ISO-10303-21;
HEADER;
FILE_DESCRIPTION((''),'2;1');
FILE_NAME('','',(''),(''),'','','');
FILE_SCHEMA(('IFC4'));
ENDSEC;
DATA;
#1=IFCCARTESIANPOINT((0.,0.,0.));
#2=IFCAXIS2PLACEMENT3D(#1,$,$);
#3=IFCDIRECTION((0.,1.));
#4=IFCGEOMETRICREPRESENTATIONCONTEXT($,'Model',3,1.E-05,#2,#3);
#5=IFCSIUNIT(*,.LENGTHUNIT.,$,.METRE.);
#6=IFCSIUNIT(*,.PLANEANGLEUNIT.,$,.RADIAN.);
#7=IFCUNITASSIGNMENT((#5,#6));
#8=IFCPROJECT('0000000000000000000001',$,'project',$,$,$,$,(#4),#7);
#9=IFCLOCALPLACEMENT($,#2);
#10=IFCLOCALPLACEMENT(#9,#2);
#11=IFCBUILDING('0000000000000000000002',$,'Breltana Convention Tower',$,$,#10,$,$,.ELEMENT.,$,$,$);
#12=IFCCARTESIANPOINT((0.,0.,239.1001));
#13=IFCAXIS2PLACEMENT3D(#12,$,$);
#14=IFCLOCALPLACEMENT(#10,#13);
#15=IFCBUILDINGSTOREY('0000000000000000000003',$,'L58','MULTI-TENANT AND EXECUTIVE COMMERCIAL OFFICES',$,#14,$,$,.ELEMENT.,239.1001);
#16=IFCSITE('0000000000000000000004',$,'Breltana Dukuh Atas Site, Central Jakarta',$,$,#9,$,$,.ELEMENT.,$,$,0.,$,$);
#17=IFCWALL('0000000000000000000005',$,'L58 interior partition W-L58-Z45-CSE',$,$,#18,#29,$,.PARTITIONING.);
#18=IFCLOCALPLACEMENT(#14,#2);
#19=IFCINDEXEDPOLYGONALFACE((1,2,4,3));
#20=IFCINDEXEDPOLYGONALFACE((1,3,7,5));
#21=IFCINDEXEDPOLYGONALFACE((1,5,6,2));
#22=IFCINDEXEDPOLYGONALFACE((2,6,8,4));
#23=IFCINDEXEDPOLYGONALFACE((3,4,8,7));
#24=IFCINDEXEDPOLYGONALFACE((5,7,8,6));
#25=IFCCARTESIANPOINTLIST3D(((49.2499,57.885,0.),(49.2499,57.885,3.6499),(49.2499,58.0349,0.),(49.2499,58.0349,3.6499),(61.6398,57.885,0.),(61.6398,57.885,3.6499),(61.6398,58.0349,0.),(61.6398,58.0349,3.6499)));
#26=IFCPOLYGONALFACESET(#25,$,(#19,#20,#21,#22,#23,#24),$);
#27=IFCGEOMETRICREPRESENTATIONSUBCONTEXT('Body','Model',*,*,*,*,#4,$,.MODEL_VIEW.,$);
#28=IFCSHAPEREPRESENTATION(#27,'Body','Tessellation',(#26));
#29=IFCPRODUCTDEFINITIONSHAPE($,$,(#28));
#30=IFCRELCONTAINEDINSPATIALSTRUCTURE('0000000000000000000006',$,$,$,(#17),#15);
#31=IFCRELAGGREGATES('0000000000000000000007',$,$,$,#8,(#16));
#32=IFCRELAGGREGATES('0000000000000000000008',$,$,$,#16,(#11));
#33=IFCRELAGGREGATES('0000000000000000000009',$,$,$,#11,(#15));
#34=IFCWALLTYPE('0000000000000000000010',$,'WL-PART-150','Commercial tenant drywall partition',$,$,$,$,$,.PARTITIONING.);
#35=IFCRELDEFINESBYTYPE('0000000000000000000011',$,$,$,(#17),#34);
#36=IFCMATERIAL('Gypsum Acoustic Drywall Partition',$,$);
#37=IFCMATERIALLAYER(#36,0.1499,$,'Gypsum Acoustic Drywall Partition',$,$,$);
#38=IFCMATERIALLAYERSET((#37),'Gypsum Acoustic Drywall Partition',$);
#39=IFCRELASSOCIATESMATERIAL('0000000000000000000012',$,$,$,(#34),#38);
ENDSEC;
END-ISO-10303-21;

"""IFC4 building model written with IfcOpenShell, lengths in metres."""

from ifc_helpers import new_model, si_unit, direction, frame, frame_2d, origin, place, context, subcontext, project, spatial, rectangle, extrude, source, transform, mapped, material, layer, layer_set, type_object, element, save


model = new_model("IFC4")

# Units and contexts
model_context = context("Model", 3, precision=1e-05, world=origin(), true_north=direction((0.0, 1.0)))
body_context = subcontext(model_context, "Body", "Model", "MODEL_VIEW")
ifc_project = project(units=[si_unit("LENGTHUNIT", "METRE"), si_unit("PLANEANGLEUNIT", "RADIAN")], contexts=[model_context])

# Site, building, storey
site_placement = place(None, origin())
site = spatial("IfcSite", under=ifc_project, at=site_placement, Name="Breltana Dukuh Atas Site, Central Jakarta", CompositionType="ELEMENT", RefElevation=0.0)
building_placement = place(site_placement, origin())
building = spatial("IfcBuilding", under=site, at=building_placement, Name="Breltana Convention Tower", CompositionType="ELEMENT")
storey_placement = place(building_placement, frame((0.0, 0.0, 239.1001)))
storey = spatial("IfcBuildingStorey", under=building, at=storey_placement, Name="L58", Description="MULTI-TENANT AND EXECUTIVE COMMERCIAL OFFICES", CompositionType="ELEMENT", Elevation=239.1001)

# Shared definitions
ifc_material_1 = material(Name="Gypsum Acoustic Drywall Partition")
ifc_layer_1 = layer(ifc_material_1, 0.1499, Name="Gypsum Acoustic Drywall Partition")
ifc_layer_set_1 = layer_set([ifc_layer_1], Name="Gypsum Acoustic Drywall Partition")
wall_type_1 = type_object("IfcWallType", Name="WL-PART-150", Description="Commercial tenant drywall partition", PredefinedType="PARTITIONING", material=ifc_layer_set_1)

# Wall
shared_shape_1 = source(origin(), body_context, "Body", "SweptSolid", [
    extrude(rectangle(XDim=12.3899, YDim=0.1499, at=frame_2d((6.1948, 0.0))), origin(), (0.0, 0.0, 1.0), 3.6499),
])
wall_1_placement = place(storey_placement, frame((49.25, 57.96, 0.0), z_axis=(0.0, 0.0, 1.0), x_axis=(1.0, 0.0, 0.0)))
element("IfcWall", 1, at=wall_1_placement, inside=storey, type_object=wall_type_1, Name="L58 interior partition W-L58-Z45-CSE", PredefinedType="PARTITIONING", context=body_context, shape_type="MappedRepresentation", body=[
    mapped(shared_shape_1, transform((0.0, 0.0, 0.0), scale=1.0)),
])

save(model, "model.ifc")
